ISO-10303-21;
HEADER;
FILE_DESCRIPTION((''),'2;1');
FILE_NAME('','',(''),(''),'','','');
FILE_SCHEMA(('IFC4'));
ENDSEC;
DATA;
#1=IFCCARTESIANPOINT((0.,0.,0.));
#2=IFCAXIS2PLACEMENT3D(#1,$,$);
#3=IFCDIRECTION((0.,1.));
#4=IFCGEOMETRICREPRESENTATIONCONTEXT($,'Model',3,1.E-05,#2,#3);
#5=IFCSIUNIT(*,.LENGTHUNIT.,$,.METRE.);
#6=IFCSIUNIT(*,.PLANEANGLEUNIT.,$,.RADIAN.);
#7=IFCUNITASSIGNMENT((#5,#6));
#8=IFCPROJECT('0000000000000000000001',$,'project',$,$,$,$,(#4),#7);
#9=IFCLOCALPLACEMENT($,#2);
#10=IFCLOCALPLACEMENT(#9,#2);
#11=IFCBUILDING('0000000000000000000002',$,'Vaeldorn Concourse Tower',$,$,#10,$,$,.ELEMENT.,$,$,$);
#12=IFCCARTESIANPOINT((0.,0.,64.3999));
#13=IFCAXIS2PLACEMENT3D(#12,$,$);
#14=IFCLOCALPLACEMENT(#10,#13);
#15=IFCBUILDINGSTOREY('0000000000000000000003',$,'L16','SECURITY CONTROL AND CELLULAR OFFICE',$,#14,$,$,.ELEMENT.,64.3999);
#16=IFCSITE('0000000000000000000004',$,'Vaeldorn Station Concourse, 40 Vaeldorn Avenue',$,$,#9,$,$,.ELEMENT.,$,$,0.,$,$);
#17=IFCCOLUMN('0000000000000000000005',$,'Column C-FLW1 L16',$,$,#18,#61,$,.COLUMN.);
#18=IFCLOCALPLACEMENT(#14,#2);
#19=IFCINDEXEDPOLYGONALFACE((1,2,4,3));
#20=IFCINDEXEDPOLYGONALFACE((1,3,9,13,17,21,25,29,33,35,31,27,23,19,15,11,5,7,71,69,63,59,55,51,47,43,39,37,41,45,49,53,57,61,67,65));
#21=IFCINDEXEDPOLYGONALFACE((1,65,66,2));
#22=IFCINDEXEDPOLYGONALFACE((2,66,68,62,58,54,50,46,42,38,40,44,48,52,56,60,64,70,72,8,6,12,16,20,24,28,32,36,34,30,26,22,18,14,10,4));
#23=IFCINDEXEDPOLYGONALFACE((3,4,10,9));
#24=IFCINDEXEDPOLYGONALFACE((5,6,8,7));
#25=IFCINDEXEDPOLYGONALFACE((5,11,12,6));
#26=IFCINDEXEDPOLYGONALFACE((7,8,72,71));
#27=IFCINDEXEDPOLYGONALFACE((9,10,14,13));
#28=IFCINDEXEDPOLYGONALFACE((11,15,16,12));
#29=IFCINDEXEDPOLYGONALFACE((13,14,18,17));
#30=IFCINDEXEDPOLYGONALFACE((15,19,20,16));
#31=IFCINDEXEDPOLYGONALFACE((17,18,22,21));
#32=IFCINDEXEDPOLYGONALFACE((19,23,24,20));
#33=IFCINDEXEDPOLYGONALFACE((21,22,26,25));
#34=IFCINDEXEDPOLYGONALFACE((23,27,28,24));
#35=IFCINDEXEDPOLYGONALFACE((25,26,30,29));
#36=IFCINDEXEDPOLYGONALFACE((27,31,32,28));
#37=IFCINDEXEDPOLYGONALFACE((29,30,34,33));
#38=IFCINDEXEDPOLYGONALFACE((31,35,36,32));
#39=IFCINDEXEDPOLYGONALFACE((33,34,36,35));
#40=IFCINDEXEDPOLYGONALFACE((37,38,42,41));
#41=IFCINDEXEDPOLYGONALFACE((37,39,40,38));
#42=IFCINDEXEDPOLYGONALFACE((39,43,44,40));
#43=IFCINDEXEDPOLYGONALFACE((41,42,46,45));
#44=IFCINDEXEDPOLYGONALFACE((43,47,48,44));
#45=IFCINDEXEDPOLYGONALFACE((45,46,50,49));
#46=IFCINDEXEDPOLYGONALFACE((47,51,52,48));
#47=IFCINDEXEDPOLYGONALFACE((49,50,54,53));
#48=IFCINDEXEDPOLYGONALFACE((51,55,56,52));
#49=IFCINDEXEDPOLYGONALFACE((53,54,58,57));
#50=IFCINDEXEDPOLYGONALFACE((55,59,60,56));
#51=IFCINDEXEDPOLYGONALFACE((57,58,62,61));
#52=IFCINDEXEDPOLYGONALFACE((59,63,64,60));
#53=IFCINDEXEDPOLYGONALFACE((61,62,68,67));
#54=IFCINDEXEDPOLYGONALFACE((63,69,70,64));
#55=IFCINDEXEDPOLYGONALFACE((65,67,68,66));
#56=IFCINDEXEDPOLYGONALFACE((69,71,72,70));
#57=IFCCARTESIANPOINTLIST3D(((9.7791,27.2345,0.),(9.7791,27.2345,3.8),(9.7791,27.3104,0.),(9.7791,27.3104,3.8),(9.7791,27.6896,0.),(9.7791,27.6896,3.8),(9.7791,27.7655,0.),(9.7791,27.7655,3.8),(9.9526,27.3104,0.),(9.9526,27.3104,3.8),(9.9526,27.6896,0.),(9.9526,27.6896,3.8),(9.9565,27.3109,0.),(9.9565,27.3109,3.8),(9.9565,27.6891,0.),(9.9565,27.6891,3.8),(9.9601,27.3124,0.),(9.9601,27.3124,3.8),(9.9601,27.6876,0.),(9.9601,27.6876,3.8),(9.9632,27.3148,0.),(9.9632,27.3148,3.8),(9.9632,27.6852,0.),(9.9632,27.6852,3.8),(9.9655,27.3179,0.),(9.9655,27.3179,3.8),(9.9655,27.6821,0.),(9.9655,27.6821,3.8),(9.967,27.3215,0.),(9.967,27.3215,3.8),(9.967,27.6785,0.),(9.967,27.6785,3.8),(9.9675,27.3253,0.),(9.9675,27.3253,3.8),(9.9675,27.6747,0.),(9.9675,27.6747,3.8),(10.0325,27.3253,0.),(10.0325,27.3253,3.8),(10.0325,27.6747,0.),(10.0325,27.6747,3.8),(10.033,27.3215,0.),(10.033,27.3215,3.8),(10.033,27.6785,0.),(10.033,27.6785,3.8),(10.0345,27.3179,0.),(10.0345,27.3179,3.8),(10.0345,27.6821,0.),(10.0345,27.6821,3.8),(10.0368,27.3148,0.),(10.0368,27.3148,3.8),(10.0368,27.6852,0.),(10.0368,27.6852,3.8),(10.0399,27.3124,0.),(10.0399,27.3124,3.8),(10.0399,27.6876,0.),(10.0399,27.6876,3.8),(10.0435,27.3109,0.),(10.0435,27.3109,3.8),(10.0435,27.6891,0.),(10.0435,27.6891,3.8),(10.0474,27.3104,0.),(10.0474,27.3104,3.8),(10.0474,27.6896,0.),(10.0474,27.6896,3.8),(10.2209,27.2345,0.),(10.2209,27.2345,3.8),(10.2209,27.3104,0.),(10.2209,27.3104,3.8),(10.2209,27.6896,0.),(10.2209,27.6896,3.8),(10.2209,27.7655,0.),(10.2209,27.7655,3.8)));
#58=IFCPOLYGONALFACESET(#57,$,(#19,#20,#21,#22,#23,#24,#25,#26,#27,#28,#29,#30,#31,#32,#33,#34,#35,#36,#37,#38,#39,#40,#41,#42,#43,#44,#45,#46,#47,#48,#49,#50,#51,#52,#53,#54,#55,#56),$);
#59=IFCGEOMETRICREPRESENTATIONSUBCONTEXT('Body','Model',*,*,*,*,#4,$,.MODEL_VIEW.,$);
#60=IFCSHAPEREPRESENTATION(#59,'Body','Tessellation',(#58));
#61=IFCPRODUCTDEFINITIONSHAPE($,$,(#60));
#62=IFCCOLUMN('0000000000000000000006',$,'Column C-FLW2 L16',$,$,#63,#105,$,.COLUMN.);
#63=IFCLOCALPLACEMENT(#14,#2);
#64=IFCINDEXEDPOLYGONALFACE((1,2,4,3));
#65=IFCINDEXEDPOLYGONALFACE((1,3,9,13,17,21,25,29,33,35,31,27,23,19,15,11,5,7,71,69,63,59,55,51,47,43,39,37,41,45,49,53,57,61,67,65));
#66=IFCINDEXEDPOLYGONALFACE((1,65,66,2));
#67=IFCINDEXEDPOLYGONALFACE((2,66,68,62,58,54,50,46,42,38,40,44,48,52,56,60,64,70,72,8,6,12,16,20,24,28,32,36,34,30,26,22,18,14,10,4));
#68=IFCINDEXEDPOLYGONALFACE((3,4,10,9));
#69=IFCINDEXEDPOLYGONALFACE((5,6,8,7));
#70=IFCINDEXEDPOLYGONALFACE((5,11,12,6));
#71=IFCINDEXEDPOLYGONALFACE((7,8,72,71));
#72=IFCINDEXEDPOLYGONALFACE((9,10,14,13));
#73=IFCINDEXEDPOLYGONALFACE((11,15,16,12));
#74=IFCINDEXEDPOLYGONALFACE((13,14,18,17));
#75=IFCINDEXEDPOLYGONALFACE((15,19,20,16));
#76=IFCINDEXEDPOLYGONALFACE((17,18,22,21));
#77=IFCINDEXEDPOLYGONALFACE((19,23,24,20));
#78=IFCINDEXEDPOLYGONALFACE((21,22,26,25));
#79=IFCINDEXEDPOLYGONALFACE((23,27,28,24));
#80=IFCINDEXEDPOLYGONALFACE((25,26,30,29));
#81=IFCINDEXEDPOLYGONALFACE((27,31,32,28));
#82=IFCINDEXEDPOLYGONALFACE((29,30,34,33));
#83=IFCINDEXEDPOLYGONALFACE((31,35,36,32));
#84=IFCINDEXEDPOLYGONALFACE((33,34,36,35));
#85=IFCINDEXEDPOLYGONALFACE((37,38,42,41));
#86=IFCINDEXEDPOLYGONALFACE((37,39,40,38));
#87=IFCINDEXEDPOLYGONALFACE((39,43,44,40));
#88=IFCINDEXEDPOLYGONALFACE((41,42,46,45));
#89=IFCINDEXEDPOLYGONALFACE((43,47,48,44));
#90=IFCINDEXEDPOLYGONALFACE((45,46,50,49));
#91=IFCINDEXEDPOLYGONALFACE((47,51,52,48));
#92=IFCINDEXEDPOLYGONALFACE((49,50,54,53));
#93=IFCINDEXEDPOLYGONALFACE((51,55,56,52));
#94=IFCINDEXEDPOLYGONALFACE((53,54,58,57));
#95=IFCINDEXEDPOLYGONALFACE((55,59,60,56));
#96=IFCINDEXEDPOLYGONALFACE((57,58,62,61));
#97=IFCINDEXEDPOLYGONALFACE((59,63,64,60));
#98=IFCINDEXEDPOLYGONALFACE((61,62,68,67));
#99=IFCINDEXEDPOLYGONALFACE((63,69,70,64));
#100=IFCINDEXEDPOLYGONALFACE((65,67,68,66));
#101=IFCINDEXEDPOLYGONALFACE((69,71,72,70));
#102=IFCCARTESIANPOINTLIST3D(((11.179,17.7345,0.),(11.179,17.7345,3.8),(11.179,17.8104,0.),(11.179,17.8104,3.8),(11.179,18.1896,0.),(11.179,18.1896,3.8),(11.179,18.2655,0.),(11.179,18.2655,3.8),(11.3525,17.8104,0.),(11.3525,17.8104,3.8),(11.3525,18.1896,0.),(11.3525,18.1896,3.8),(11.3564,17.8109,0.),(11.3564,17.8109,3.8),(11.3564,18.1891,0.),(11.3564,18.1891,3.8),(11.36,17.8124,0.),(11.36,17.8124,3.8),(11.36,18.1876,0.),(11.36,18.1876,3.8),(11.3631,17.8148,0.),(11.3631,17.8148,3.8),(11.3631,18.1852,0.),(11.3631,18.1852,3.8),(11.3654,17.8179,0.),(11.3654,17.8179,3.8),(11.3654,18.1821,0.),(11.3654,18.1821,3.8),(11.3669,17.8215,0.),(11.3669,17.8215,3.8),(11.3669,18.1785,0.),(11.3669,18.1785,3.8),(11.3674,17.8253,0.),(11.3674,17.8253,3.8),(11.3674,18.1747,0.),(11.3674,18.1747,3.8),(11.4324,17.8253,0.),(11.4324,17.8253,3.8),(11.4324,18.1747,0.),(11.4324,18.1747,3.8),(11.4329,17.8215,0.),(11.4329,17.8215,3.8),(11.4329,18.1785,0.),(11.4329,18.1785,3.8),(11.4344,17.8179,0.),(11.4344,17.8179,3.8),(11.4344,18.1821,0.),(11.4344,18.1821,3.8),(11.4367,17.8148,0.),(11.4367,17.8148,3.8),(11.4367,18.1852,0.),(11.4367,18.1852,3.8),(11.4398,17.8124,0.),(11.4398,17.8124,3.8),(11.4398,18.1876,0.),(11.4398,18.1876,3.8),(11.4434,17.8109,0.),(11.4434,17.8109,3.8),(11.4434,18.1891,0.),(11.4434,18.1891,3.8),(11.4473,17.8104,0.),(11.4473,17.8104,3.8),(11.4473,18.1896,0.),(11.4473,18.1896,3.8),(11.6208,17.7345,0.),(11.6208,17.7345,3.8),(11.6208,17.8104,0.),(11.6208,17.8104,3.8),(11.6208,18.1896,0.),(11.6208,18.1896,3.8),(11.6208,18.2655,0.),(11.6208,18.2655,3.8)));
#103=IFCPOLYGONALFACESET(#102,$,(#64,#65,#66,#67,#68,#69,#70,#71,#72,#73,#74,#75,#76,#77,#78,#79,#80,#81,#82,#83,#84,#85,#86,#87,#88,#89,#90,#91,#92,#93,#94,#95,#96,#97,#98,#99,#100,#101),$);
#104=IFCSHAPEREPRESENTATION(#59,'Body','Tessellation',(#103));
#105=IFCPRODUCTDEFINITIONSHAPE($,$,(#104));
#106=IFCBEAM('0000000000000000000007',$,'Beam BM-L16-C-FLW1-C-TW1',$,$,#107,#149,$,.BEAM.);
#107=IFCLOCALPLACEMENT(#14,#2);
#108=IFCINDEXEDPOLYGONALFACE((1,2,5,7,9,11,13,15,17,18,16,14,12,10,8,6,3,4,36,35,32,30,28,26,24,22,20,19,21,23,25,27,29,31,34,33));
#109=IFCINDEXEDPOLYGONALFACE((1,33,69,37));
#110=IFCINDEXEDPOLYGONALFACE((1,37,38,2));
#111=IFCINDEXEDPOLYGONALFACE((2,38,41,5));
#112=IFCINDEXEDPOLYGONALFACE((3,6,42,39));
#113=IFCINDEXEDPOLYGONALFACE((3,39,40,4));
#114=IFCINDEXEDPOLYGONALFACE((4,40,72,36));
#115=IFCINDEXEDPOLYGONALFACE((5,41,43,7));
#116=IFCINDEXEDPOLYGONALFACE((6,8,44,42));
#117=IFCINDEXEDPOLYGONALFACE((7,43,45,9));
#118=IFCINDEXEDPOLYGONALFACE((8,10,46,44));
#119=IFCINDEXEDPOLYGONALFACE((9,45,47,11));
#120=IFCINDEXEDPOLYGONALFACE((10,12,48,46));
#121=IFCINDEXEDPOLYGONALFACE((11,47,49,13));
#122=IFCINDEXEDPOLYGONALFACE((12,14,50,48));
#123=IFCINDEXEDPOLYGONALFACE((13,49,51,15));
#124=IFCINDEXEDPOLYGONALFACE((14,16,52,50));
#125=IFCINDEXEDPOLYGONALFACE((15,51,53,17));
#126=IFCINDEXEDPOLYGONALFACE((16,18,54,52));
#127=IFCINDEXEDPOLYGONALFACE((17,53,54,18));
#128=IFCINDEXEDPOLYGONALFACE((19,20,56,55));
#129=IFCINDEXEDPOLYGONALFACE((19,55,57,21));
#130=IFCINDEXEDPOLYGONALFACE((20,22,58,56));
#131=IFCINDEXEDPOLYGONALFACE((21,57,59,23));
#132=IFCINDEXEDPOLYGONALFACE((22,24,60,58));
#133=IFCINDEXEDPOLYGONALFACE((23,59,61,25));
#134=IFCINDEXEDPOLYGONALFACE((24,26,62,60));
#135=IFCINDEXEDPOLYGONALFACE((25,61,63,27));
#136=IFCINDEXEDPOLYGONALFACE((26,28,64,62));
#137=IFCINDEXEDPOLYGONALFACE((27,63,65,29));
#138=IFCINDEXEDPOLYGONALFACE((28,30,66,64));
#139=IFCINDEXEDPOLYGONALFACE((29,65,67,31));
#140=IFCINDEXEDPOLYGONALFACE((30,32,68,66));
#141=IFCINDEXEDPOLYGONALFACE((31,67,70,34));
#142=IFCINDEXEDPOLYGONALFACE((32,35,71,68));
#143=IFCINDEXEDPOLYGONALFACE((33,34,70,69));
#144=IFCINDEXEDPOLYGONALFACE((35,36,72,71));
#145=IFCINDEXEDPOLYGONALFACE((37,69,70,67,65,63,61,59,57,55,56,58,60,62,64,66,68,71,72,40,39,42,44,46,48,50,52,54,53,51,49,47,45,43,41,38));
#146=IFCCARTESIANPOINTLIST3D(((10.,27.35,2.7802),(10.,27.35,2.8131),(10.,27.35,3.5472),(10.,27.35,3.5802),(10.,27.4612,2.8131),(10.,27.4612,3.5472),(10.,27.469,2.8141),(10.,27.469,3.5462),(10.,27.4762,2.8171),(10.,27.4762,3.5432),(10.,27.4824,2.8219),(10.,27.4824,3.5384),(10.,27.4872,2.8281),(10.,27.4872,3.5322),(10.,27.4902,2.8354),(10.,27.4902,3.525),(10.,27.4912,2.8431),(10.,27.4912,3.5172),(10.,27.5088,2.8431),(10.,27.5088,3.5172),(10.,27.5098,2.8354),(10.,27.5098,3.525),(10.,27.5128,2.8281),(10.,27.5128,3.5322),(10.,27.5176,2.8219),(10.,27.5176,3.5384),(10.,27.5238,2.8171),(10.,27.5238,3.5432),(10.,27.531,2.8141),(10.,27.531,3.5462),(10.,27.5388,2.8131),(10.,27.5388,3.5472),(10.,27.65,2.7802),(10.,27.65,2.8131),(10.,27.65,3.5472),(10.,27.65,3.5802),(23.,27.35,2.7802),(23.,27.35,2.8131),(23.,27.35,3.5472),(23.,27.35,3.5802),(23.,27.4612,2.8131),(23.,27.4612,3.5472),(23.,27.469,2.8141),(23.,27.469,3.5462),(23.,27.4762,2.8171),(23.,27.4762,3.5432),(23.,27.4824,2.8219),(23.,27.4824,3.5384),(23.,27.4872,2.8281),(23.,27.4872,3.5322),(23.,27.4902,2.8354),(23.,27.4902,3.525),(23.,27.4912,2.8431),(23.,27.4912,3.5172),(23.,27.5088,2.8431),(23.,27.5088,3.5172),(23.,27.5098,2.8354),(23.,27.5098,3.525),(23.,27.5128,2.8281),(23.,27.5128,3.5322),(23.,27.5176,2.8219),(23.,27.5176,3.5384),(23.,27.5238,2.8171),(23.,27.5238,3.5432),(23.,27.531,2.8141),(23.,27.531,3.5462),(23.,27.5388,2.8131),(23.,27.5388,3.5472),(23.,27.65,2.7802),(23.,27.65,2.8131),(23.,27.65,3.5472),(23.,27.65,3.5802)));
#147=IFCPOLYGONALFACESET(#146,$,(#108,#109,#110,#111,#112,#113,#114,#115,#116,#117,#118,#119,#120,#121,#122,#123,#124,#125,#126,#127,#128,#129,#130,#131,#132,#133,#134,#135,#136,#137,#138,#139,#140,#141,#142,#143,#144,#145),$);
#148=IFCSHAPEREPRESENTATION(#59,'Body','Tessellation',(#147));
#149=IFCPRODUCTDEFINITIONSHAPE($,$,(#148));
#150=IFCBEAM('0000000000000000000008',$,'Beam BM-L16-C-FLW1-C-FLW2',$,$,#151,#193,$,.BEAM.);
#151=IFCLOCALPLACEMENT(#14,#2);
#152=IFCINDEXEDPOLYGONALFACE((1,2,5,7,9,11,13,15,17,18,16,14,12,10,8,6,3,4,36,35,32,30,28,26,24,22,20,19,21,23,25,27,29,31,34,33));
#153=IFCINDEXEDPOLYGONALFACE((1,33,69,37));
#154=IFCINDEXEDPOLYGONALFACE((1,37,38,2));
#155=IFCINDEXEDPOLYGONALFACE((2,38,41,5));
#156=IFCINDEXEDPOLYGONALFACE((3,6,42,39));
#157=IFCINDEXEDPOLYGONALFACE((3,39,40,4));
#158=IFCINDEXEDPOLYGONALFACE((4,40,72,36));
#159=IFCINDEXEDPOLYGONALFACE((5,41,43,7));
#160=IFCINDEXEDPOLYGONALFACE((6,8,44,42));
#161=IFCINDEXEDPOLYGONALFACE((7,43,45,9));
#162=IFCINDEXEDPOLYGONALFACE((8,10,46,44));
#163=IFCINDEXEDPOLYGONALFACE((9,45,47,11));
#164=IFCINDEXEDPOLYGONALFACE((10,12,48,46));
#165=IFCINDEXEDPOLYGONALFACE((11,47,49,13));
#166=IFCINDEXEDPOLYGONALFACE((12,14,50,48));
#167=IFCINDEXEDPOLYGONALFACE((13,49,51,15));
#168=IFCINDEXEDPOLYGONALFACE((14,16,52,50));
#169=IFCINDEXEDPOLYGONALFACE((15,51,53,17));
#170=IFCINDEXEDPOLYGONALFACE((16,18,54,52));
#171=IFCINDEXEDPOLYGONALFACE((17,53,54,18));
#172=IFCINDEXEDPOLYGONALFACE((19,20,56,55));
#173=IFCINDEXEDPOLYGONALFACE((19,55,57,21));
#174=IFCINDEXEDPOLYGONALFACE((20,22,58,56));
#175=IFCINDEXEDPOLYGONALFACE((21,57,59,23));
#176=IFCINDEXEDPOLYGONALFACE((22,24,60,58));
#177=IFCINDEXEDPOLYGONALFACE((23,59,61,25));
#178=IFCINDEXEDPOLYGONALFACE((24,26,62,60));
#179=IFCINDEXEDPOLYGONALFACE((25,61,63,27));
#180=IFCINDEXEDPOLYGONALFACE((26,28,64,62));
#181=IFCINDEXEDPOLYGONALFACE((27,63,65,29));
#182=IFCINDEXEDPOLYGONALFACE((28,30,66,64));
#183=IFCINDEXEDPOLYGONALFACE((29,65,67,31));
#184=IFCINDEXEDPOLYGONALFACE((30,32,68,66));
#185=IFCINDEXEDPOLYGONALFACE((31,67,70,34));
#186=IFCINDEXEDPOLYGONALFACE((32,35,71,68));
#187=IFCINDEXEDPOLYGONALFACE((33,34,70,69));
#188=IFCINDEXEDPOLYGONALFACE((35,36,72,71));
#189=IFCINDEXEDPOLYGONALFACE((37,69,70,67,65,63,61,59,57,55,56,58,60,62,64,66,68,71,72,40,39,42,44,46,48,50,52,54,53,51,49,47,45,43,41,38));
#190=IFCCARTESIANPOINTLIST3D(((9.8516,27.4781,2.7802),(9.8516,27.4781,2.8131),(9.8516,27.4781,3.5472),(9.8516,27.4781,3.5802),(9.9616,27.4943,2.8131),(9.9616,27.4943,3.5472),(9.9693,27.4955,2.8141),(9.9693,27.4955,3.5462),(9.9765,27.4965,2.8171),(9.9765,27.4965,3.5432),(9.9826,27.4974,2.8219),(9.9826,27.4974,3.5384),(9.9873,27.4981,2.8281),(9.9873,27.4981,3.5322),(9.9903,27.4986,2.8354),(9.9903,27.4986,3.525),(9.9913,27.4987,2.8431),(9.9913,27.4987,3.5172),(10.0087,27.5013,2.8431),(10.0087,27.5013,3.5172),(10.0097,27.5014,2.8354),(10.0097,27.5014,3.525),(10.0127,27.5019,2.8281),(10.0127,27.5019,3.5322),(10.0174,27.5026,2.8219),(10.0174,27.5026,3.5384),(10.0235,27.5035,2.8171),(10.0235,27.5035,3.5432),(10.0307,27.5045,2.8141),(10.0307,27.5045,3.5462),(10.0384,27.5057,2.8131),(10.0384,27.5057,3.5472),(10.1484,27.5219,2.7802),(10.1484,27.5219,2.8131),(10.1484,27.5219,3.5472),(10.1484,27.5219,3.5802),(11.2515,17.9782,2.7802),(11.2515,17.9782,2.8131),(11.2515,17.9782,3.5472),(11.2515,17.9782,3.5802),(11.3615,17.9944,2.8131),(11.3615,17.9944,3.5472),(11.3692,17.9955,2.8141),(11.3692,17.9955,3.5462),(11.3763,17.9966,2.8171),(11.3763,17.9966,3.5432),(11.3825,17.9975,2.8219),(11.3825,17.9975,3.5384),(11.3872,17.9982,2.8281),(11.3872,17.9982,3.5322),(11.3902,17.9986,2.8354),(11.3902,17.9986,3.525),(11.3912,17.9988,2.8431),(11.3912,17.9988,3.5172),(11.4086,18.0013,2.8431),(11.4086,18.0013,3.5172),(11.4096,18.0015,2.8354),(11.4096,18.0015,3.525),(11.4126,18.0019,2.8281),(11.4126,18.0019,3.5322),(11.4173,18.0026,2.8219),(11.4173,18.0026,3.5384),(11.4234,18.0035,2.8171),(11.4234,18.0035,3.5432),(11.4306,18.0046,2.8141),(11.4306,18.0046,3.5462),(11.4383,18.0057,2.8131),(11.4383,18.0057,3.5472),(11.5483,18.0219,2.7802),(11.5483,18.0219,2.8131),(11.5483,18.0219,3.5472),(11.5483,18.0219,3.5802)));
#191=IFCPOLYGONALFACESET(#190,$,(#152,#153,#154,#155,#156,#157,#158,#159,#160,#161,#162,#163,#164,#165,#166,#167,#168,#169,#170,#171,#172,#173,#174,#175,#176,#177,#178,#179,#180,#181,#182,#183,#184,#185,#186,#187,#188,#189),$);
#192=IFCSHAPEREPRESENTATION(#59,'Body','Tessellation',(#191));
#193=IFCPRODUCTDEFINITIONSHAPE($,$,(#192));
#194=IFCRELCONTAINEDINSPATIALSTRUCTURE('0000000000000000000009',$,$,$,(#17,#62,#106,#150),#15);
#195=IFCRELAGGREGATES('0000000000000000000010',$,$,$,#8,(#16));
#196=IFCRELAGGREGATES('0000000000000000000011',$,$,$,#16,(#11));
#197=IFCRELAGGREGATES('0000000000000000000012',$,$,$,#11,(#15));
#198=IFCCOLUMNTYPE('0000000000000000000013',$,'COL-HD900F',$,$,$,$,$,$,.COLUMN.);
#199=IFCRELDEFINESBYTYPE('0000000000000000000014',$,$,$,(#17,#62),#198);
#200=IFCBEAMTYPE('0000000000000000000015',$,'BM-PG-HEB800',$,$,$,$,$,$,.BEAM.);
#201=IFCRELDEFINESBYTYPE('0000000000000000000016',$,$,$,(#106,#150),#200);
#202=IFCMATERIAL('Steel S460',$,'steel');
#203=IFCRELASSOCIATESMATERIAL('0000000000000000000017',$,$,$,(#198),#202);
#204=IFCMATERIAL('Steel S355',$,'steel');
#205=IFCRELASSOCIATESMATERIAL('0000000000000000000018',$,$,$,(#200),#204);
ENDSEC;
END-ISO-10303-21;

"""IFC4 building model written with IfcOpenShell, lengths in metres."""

from ifc_helpers import new_model, si_unit, direction, frame, origin, origin_2d, place, context, subcontext, project, spatial, i_section, extrude, source, transform, mapped, material, material_profile, profile_set, type_object, element, save


model = new_model("IFC4")

# Units and contexts
model_context = context("Model", 3, precision=1e-05, world=origin(), true_north=direction((0.0, 1.0)))
body_context = subcontext(model_context, "Body", "Model", "MODEL_VIEW")
ifc_project = project(units=[si_unit("LENGTHUNIT", "METRE"), si_unit("PLANEANGLEUNIT", "RADIAN")], contexts=[model_context])

# Site, building, storey
site_placement = place(None, origin())
site = spatial("IfcSite", under=ifc_project, at=site_placement, Name="Vaeldorn Station Concourse, 40 Vaeldorn Avenue", CompositionType="ELEMENT", RefElevation=0.0)
building_placement = place(site_placement, origin())
building = spatial("IfcBuilding", under=site, at=building_placement, Name="Vaeldorn Concourse Tower", CompositionType="ELEMENT")
storey_placement = place(building_placement, frame((0.0, 0.0, 64.3999)))
storey = spatial("IfcBuildingStorey", under=building, at=storey_placement, Name="L16", Description="SECURITY CONTROL AND CELLULAR OFFICE", CompositionType="ELEMENT", Elevation=64.3999)

# Columns
ifc_material_1 = material(Name="Steel S460", Category="steel")
ifc_material_profile_1 = material_profile(ifc_material_1, i_section(OverallWidth=0.4419, OverallDepth=0.531, WebThickness=0.0649, FlangeThickness=0.0759, FilletRadius=0.0149, at=origin_2d()), Name="HD 400x900")
ifc_profile_set_1 = profile_set([ifc_material_profile_1], Name="Steel S460")
column_type = type_object("IfcColumnType", Name="COL-HD900F", PredefinedType="COLUMN", material=ifc_profile_set_1)
shared_shape_1 = source(origin(), body_context, "Body", "SweptSolid", [
    extrude(i_section(OverallWidth=0.4419, OverallDepth=0.531, WebThickness=0.0649, FlangeThickness=0.0759, FilletRadius=0.0149, at=origin_2d()), origin(), (0.0, 0.0, 1.0), 3.8),
])
for number, where, z_axis, x_axis, name in (
    (1, (10.0, 27.5, 0.0), (0.0, 0.0, 1.0), (1.0, 0.0, 0.0), "Column C-FLW1 L16"),
    (2, (11.3999, 18.0, 0.0), (0.0, 0.0, 1.0), (1.0, 0.0, 0.0), "Column C-FLW2 L16"),
):
    element("IfcColumn", number, at=place(storey_placement, frame(where, z_axis=z_axis, x_axis=x_axis)), inside=storey, type_object=column_type, Name=name, PredefinedType="COLUMN", context=body_context, shape_type="MappedRepresentation", body=[
        mapped(shared_shape_1, transform((0.0, 0.0, 0.0), scale=1.0)),
    ])

# Beams
ifc_material_2 = material(Name="Steel S355", Category="steel")
ifc_material_profile_2 = material_profile(ifc_material_2, i_section(OverallWidth=0.3, OverallDepth=0.8, WebThickness=0.0176, FlangeThickness=0.033, FilletRadius=0.03, at=origin_2d()), Name="HEB 800")
ifc_profile_set_2 = profile_set([ifc_material_profile_2], Name="Steel S355")
beam_type_1 = type_object("IfcBeamType", Name="BM-PG-HEB800", PredefinedType="BEAM", material=ifc_profile_set_2)
shared_shape_2 = source(origin(), body_context, "Body", "SweptSolid", [
    extrude(i_section(OverallWidth=0.3, OverallDepth=0.8, WebThickness=0.0176, FlangeThickness=0.033, FilletRadius=0.03, at=origin_2d()), origin(), (0.0, 0.0, 1.0), 13.0),
])
beam_1_placement = place(storey_placement, frame((10.0, 27.5, 3.1802), z_axis=(1.0, 0.0, 0.0), x_axis=(0.0, 1.0, 0.0)))
element("IfcBeam", 3, at=beam_1_placement, inside=storey, type_object=beam_type_1, Name="Beam BM-L16-C-FLW1-C-TW1", PredefinedType="BEAM", context=body_context, shape_type="MappedRepresentation", body=[
    mapped(shared_shape_2, transform((0.0, 0.0, 0.0), scale=1.0)),
])
shared_shape_3 = source(origin(), body_context, "Body", "SweptSolid", [
    extrude(i_section(OverallWidth=0.3, OverallDepth=0.8, WebThickness=0.0176, FlangeThickness=0.033, FilletRadius=0.03, at=origin_2d()), origin(), (0.0, 0.0, 1.0), 9.6025),
])
beam_2_placement = place(storey_placement, frame((10.0, 27.5, 3.1802), z_axis=(0.145784, -0.989316, 0.0), x_axis=(0.989316, 0.145784, 0.0)))
element("IfcBeam", 4, at=beam_2_placement, inside=storey, type_object=beam_type_1, Name="Beam BM-L16-C-FLW1-C-FLW2", PredefinedType="BEAM", context=body_context, shape_type="MappedRepresentation", body=[
    mapped(shared_shape_3, transform((0.0, 0.0, 0.0), scale=1.0)),
])

save(model, "model.ifc")
